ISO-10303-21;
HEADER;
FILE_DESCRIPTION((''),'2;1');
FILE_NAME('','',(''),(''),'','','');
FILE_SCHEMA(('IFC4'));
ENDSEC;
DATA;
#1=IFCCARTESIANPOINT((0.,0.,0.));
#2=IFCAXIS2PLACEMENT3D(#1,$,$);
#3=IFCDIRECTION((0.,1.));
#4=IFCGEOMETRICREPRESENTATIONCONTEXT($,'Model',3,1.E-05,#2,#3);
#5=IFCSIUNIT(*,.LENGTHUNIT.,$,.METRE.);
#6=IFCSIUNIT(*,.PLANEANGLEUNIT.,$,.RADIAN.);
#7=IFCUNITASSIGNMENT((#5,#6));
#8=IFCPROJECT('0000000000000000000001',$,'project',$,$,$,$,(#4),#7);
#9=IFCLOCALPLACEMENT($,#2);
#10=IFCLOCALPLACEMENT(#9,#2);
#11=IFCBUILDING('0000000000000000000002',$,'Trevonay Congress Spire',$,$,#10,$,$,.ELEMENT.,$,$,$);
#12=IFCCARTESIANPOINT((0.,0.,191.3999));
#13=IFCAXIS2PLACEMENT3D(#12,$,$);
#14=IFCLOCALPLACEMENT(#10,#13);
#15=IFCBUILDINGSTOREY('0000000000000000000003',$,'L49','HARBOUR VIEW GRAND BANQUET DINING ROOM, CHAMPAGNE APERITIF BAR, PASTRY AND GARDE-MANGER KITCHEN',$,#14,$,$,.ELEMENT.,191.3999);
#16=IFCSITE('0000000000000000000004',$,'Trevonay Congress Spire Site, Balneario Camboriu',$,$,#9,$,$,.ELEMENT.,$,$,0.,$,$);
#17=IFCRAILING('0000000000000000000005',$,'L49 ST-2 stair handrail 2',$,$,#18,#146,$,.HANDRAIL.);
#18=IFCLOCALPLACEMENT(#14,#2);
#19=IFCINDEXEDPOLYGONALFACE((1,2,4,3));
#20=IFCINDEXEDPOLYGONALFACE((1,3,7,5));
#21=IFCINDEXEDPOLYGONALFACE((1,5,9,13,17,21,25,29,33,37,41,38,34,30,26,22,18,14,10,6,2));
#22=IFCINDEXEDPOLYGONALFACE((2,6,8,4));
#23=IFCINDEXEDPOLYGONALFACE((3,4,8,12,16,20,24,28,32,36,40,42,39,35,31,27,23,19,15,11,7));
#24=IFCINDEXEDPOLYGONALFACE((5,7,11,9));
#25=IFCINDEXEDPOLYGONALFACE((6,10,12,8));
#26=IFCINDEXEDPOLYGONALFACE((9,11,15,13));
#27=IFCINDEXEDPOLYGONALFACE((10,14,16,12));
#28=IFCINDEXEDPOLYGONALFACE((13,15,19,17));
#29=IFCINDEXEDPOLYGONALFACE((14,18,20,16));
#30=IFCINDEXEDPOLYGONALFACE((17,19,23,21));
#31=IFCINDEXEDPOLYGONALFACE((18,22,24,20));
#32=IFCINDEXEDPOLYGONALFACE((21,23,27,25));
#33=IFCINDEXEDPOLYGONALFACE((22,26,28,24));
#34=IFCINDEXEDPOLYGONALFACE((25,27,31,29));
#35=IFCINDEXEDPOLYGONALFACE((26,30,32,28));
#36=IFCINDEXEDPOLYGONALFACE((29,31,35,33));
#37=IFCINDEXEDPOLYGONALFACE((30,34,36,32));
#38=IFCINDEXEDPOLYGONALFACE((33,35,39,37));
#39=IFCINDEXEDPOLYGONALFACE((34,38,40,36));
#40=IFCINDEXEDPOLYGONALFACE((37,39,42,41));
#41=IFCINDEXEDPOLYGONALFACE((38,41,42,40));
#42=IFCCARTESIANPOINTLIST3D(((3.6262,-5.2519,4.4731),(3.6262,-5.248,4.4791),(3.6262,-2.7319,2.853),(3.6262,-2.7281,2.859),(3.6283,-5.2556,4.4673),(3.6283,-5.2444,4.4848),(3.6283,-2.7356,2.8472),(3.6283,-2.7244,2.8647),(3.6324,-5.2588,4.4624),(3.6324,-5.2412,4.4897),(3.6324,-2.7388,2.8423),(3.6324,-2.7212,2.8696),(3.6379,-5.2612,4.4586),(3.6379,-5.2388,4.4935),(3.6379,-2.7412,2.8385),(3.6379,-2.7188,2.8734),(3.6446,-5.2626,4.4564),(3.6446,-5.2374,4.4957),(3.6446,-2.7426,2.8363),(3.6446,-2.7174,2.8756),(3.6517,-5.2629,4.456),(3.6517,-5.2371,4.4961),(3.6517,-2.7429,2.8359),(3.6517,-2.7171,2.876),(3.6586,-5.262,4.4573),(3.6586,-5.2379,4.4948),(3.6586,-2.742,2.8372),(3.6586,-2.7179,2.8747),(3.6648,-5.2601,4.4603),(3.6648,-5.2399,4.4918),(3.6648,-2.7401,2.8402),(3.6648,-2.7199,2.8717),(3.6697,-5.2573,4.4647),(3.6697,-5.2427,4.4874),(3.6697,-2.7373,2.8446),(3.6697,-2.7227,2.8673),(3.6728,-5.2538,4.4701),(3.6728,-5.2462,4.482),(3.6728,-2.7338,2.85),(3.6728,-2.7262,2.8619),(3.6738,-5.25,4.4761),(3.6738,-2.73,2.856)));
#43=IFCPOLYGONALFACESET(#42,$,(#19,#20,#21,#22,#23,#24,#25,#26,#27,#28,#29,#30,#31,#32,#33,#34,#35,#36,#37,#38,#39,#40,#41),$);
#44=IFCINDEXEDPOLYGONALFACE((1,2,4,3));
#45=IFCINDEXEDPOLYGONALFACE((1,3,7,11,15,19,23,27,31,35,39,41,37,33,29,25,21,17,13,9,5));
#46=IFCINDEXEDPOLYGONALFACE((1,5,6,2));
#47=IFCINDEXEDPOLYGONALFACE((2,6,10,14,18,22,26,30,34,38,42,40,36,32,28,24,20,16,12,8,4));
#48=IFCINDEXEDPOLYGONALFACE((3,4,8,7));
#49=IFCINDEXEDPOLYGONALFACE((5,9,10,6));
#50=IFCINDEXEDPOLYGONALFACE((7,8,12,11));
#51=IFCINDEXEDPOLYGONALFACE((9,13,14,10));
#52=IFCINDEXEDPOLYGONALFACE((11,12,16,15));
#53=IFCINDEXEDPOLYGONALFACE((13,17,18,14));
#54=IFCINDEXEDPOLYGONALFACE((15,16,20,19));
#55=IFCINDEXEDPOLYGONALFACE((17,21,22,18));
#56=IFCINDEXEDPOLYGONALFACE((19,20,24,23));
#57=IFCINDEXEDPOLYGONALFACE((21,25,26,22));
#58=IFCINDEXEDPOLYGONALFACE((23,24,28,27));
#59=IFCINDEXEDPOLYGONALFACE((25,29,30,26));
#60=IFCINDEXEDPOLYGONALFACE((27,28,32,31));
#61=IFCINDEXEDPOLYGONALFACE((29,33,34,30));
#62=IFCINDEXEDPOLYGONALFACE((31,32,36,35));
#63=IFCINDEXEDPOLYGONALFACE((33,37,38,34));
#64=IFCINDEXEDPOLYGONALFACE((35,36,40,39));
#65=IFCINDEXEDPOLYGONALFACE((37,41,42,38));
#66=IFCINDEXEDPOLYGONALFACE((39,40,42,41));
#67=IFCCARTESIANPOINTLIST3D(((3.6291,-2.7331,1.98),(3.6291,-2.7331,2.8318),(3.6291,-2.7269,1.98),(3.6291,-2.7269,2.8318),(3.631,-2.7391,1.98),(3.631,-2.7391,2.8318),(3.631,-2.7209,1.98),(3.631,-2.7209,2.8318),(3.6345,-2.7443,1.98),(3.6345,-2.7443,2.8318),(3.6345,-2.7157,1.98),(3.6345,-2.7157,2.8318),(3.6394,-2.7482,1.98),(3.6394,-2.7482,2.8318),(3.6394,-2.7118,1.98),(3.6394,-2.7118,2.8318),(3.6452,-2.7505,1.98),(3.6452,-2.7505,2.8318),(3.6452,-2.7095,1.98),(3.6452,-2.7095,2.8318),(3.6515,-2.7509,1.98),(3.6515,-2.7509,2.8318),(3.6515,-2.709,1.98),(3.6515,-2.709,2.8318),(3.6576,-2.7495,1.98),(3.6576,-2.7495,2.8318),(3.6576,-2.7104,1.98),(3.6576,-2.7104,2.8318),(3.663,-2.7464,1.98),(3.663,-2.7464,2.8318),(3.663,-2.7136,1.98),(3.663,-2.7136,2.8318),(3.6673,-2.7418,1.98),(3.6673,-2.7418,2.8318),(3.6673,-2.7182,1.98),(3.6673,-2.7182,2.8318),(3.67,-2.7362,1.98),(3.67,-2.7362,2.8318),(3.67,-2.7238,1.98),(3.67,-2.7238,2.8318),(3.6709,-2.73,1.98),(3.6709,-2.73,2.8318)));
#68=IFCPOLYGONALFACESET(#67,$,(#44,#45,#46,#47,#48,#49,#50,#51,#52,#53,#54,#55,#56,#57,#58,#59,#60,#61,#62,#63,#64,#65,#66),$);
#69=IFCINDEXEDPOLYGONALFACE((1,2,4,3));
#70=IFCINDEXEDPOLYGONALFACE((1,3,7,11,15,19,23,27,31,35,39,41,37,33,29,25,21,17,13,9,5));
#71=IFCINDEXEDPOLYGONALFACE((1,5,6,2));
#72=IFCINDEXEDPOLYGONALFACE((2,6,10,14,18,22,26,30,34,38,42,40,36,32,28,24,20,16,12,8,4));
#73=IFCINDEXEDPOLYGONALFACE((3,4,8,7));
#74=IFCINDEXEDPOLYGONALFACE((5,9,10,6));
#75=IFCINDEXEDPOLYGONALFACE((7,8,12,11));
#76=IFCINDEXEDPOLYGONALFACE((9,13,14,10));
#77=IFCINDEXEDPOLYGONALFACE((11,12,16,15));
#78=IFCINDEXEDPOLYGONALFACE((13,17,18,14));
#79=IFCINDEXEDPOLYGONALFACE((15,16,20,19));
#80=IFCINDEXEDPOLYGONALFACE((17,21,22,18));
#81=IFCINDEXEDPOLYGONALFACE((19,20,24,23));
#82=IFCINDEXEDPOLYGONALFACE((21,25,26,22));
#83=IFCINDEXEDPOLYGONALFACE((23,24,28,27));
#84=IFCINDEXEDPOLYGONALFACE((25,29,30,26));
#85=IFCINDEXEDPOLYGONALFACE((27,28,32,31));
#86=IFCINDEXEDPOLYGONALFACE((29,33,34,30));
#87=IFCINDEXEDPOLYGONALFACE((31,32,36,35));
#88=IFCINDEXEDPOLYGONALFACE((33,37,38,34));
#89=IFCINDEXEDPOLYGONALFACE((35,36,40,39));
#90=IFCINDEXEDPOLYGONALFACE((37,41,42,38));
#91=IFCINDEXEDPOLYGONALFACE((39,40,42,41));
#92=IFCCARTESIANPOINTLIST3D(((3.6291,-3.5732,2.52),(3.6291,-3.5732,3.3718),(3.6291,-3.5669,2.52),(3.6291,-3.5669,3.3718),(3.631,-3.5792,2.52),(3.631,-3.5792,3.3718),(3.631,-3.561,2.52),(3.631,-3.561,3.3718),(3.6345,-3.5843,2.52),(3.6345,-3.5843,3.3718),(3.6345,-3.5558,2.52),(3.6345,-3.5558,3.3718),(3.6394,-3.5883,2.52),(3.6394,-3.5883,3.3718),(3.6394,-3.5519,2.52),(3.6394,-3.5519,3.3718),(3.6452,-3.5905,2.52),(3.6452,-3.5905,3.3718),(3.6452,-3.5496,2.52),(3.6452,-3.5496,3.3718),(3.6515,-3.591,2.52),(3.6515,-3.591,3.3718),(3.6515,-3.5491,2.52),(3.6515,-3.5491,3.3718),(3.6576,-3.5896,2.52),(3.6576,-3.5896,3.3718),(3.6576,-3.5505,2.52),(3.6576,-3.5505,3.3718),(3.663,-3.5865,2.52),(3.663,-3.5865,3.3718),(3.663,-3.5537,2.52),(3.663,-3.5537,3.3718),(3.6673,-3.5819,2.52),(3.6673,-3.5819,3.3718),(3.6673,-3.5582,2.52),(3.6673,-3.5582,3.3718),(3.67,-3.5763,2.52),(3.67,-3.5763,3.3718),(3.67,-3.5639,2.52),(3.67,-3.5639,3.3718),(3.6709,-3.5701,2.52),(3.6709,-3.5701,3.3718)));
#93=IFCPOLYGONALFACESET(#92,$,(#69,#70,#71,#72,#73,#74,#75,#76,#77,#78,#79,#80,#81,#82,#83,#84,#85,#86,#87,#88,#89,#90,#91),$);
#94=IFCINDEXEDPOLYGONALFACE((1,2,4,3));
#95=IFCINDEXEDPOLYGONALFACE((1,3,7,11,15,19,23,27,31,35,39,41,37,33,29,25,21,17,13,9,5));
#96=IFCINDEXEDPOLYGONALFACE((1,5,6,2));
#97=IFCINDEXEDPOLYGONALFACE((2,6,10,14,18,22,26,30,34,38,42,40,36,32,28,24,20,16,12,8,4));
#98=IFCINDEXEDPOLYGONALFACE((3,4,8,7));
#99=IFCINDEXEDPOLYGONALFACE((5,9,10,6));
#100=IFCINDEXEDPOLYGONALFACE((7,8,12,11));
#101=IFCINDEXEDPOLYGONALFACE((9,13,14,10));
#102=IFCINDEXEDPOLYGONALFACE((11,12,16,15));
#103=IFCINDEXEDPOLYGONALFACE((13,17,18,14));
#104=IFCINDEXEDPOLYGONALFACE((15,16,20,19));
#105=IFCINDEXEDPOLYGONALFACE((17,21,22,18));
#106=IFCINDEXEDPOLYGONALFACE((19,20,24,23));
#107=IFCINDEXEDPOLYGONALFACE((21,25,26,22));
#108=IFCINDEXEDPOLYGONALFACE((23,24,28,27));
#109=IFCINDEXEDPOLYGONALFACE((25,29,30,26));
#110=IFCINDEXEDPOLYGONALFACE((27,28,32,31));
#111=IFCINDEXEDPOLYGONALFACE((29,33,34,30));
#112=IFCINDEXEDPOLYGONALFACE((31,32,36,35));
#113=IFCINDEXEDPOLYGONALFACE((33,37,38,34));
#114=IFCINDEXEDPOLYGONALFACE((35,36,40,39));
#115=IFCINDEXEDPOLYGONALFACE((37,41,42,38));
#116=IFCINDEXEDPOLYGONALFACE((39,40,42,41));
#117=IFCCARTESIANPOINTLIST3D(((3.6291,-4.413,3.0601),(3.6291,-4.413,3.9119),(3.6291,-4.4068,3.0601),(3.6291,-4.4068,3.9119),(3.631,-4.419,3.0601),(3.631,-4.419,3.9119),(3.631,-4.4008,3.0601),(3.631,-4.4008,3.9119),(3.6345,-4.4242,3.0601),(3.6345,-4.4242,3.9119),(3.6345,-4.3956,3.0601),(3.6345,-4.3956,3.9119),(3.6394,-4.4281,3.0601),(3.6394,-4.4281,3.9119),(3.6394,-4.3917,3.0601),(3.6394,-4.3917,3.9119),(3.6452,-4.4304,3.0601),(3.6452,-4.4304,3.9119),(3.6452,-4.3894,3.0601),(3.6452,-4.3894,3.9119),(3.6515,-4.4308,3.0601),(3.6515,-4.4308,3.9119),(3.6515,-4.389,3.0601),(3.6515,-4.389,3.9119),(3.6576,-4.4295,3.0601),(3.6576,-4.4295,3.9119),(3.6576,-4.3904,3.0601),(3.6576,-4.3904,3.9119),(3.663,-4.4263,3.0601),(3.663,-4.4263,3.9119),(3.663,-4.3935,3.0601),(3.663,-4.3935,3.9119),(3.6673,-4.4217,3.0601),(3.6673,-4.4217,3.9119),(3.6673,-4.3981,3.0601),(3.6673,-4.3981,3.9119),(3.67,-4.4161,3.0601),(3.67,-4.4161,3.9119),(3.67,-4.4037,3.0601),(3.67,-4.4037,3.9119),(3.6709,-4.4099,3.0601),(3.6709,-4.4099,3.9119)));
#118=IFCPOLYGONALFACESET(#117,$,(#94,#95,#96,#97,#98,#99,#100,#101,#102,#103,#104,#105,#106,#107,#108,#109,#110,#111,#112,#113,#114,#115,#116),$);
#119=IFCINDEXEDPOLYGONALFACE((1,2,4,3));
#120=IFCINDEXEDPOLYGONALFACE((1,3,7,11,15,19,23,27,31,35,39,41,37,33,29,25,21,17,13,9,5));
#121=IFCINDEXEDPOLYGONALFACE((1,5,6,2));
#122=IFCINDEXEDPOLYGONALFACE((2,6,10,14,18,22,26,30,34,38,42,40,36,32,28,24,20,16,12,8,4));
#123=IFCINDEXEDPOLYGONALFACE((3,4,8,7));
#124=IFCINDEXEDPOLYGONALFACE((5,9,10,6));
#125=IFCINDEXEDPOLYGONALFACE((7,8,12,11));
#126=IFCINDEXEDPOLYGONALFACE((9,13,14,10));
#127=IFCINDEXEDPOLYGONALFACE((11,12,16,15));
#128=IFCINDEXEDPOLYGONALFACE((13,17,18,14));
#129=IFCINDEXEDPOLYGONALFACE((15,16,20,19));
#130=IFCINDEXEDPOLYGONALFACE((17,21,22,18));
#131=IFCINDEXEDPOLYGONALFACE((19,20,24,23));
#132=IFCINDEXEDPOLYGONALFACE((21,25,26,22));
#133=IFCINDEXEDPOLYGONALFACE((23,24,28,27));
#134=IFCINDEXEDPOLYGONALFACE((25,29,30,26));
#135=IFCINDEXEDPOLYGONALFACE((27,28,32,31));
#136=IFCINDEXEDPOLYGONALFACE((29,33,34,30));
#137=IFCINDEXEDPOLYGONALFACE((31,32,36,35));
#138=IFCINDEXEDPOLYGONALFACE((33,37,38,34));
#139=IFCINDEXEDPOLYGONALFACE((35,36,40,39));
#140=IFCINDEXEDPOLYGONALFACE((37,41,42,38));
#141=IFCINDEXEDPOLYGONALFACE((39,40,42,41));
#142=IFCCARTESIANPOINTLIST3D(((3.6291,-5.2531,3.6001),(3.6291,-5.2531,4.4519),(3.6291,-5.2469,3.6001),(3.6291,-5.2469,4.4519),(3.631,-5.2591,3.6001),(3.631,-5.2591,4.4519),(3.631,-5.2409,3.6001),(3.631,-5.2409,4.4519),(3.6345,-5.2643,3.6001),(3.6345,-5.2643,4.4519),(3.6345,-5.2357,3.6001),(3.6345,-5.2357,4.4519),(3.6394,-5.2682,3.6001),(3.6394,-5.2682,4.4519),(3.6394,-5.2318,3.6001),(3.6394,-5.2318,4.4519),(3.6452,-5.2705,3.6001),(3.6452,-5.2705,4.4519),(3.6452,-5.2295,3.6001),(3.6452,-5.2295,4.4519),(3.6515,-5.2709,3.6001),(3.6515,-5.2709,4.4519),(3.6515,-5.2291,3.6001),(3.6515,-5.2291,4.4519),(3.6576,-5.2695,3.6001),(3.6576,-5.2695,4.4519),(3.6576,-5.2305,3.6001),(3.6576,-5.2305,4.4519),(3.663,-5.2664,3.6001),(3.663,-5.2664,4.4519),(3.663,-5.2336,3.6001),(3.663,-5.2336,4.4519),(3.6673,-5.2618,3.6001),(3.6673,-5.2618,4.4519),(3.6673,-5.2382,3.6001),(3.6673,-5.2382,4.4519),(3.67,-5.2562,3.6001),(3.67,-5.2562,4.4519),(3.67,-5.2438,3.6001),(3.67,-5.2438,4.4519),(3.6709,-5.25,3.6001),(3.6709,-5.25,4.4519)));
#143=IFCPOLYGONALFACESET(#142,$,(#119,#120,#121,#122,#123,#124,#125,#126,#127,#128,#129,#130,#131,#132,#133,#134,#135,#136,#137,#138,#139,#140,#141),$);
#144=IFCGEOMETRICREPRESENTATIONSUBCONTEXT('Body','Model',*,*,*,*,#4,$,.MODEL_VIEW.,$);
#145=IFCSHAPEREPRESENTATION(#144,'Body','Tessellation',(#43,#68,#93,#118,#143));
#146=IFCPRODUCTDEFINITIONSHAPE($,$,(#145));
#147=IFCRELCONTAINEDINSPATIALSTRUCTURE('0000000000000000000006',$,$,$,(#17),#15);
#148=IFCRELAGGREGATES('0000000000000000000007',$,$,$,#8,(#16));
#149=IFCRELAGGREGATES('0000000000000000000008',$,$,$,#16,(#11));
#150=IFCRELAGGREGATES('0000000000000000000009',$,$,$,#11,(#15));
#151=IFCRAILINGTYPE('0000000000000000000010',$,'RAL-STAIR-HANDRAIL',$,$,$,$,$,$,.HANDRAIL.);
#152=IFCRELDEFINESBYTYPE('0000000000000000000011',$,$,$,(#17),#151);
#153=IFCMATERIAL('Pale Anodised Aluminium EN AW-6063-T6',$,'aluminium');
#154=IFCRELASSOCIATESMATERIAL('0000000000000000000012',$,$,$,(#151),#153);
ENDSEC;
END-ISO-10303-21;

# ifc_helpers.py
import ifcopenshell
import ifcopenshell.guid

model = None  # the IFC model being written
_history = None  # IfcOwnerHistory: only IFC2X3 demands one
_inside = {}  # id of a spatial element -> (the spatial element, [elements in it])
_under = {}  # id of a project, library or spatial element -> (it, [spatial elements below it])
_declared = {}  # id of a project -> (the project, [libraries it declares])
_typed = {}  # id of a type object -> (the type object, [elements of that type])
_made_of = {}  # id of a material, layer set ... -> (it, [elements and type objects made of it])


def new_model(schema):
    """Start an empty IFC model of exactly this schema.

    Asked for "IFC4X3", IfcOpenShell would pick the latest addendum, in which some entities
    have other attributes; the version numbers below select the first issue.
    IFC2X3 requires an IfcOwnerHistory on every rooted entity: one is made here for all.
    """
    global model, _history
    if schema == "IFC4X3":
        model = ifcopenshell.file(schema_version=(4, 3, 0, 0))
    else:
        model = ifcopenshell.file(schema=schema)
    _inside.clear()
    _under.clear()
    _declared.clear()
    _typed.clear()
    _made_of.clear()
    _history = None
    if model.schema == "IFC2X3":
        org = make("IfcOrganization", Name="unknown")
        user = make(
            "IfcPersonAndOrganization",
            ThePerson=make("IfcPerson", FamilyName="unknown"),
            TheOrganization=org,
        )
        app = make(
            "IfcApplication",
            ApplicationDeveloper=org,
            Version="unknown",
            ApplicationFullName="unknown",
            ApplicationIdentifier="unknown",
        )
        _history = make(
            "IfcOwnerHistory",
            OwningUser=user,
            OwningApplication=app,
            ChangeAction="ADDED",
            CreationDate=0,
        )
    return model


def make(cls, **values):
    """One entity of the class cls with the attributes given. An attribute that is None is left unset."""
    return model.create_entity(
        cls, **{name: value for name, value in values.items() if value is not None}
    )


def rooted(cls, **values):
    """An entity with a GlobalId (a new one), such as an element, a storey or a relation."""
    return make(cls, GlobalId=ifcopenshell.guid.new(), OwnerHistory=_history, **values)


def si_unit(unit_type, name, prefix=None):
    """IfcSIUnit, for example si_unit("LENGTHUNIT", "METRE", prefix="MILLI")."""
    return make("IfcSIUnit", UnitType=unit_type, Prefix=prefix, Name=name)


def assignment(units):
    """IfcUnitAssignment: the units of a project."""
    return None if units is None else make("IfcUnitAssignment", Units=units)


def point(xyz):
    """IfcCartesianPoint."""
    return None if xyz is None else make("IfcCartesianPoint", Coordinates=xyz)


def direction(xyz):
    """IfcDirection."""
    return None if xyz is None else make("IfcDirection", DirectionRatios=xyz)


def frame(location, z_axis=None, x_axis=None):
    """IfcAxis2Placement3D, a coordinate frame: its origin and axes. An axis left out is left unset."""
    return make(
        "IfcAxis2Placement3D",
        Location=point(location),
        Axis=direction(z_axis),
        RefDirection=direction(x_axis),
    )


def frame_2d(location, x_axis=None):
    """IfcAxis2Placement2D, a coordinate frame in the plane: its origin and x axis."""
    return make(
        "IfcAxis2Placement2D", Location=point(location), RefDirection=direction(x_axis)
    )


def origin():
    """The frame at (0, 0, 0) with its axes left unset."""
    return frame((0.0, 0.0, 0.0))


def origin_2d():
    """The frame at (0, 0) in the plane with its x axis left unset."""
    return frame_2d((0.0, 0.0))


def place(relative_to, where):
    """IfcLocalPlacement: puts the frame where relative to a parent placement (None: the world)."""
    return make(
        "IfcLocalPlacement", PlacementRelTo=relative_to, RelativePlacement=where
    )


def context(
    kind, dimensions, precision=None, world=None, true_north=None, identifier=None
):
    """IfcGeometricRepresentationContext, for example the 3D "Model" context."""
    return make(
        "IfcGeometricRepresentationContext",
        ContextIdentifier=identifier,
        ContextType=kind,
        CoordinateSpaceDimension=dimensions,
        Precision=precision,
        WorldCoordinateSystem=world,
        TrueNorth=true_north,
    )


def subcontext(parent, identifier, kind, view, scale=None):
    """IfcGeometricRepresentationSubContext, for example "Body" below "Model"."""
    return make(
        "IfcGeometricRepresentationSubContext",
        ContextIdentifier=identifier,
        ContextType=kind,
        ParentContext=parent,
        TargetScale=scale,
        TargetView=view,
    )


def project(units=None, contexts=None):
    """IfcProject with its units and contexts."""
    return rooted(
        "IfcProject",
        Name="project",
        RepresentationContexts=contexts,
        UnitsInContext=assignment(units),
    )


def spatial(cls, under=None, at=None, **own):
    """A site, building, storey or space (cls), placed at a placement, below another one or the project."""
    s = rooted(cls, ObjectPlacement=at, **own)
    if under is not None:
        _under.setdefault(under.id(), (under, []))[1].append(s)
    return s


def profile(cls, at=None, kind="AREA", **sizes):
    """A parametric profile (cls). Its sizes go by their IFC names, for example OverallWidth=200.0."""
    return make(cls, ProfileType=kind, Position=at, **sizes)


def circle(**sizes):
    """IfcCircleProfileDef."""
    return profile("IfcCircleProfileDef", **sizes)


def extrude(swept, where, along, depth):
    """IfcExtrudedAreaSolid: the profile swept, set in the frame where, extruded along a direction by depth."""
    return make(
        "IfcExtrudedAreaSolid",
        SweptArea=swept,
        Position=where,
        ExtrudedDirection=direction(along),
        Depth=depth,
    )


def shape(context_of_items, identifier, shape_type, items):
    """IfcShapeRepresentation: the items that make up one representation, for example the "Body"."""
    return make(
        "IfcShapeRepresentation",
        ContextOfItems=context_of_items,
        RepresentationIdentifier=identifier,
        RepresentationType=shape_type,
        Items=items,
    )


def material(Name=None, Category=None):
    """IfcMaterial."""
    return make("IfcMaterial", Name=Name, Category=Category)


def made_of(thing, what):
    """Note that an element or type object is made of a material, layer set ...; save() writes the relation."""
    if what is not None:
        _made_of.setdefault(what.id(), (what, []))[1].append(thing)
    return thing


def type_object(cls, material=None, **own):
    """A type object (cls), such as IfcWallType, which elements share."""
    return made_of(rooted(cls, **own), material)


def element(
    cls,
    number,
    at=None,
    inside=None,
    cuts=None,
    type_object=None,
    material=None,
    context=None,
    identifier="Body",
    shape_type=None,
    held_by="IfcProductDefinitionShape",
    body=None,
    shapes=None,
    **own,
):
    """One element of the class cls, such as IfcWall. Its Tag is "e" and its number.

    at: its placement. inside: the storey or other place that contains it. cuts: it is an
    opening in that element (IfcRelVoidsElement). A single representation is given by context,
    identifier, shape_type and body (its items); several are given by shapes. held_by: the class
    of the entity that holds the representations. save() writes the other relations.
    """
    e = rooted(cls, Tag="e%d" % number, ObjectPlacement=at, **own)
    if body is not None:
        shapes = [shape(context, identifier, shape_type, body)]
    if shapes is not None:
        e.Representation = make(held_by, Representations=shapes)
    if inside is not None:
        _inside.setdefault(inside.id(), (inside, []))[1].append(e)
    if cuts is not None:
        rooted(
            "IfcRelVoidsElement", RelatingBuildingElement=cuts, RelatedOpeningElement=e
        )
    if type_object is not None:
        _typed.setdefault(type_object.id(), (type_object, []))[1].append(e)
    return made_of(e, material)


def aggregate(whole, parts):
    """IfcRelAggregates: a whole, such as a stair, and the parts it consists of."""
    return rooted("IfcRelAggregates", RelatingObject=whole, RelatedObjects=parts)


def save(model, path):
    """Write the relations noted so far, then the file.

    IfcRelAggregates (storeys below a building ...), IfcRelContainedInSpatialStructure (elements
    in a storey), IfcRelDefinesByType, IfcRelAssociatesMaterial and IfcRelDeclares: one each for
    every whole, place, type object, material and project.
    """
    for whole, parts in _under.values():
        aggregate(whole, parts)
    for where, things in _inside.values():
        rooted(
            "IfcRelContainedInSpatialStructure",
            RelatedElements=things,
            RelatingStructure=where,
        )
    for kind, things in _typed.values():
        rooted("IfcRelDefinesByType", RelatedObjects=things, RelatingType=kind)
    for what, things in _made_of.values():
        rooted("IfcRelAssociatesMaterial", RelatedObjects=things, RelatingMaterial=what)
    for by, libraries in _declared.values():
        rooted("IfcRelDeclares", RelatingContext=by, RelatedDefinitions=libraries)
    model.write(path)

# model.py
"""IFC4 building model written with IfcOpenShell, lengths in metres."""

from ifc_helpers import new_model, si_unit, direction, frame, origin, origin_2d, place, context, subcontext, project, spatial, circle, extrude, material, type_object, element, save


model = new_model("IFC4")

# Units and contexts
model_context = context("Model", 3, precision=1e-05, world=origin(), true_north=direction((0.0, 1.0)))
body_context = subcontext(model_context, "Body", "Model", "MODEL_VIEW")
ifc_project = project(units=[si_unit("LENGTHUNIT", "METRE"), si_unit("PLANEANGLEUNIT", "RADIAN")], contexts=[model_context])

# Site, building, storey
site_placement = place(None, origin())
site = spatial("IfcSite", under=ifc_project, at=site_placement, Name="Trevonay Congress Spire Site, Balneario Camboriu", CompositionType="ELEMENT", RefElevation=0.0)
building_placement = place(site_placement, origin())
building = spatial("IfcBuilding", under=site, at=building_placement, Name="Trevonay Congress Spire", CompositionType="ELEMENT")
storey_placement = place(building_placement, frame((0.0, 0.0, 191.3999)))
storey = spatial("IfcBuildingStorey", under=building, at=storey_placement, Name="L49", Description="HARBOUR VIEW GRAND BANQUET DINING ROOM, CHAMPAGNE APERITIF BAR, PASTRY AND GARDE-MANGER KITCHEN", CompositionType="ELEMENT", Elevation=191.3999)

# Railing
ifc_material_1 = material(Name="Pale Anodised Aluminium EN AW-6063-T6", Category="aluminium")
railing_type_1 = type_object("IfcRailingType", Name="RAL-STAIR-HANDRAIL", PredefinedType="HANDRAIL", material=ifc_material_1)
railing_1_placement = place(storey_placement, frame((3.6499, -2.73, 1.98)))
element("IfcRailing", 1, at=railing_1_placement, inside=storey, type_object=railing_type_1, Name="L49 ST-2 stair handrail 2", PredefinedType="HANDRAIL", context=body_context, shape_type="SweptSolid", body=[
    extrude(circle(Radius=0.0239, at=origin_2d()), frame((0.0, 0.0, 0.876), z_axis=(0.0, -0.841163, 0.540782), x_axis=(1.0, 0.0, 0.0)), (0.0, 0.0, 1.0), 2.9958),
    extrude(circle(Radius=0.021, at=origin_2d()), origin(), (0.0, 0.0, 1.0), 0.8518),
    extrude(circle(Radius=0.021, at=origin_2d()), frame((0.0, -0.8401, 0.54)), (0.0, 0.0, 1.0), 0.8518),
    extrude(circle(Radius=0.021, at=origin_2d()), frame((0.0, -1.6799, 1.0801)), (0.0, 0.0, 1.0), 0.8518),
    extrude(circle(Radius=0.021, at=origin_2d()), frame((0.0, -2.52, 1.6201)), (0.0, 0.0, 1.0), 0.8518),
])

save(model, "model.ifc")
